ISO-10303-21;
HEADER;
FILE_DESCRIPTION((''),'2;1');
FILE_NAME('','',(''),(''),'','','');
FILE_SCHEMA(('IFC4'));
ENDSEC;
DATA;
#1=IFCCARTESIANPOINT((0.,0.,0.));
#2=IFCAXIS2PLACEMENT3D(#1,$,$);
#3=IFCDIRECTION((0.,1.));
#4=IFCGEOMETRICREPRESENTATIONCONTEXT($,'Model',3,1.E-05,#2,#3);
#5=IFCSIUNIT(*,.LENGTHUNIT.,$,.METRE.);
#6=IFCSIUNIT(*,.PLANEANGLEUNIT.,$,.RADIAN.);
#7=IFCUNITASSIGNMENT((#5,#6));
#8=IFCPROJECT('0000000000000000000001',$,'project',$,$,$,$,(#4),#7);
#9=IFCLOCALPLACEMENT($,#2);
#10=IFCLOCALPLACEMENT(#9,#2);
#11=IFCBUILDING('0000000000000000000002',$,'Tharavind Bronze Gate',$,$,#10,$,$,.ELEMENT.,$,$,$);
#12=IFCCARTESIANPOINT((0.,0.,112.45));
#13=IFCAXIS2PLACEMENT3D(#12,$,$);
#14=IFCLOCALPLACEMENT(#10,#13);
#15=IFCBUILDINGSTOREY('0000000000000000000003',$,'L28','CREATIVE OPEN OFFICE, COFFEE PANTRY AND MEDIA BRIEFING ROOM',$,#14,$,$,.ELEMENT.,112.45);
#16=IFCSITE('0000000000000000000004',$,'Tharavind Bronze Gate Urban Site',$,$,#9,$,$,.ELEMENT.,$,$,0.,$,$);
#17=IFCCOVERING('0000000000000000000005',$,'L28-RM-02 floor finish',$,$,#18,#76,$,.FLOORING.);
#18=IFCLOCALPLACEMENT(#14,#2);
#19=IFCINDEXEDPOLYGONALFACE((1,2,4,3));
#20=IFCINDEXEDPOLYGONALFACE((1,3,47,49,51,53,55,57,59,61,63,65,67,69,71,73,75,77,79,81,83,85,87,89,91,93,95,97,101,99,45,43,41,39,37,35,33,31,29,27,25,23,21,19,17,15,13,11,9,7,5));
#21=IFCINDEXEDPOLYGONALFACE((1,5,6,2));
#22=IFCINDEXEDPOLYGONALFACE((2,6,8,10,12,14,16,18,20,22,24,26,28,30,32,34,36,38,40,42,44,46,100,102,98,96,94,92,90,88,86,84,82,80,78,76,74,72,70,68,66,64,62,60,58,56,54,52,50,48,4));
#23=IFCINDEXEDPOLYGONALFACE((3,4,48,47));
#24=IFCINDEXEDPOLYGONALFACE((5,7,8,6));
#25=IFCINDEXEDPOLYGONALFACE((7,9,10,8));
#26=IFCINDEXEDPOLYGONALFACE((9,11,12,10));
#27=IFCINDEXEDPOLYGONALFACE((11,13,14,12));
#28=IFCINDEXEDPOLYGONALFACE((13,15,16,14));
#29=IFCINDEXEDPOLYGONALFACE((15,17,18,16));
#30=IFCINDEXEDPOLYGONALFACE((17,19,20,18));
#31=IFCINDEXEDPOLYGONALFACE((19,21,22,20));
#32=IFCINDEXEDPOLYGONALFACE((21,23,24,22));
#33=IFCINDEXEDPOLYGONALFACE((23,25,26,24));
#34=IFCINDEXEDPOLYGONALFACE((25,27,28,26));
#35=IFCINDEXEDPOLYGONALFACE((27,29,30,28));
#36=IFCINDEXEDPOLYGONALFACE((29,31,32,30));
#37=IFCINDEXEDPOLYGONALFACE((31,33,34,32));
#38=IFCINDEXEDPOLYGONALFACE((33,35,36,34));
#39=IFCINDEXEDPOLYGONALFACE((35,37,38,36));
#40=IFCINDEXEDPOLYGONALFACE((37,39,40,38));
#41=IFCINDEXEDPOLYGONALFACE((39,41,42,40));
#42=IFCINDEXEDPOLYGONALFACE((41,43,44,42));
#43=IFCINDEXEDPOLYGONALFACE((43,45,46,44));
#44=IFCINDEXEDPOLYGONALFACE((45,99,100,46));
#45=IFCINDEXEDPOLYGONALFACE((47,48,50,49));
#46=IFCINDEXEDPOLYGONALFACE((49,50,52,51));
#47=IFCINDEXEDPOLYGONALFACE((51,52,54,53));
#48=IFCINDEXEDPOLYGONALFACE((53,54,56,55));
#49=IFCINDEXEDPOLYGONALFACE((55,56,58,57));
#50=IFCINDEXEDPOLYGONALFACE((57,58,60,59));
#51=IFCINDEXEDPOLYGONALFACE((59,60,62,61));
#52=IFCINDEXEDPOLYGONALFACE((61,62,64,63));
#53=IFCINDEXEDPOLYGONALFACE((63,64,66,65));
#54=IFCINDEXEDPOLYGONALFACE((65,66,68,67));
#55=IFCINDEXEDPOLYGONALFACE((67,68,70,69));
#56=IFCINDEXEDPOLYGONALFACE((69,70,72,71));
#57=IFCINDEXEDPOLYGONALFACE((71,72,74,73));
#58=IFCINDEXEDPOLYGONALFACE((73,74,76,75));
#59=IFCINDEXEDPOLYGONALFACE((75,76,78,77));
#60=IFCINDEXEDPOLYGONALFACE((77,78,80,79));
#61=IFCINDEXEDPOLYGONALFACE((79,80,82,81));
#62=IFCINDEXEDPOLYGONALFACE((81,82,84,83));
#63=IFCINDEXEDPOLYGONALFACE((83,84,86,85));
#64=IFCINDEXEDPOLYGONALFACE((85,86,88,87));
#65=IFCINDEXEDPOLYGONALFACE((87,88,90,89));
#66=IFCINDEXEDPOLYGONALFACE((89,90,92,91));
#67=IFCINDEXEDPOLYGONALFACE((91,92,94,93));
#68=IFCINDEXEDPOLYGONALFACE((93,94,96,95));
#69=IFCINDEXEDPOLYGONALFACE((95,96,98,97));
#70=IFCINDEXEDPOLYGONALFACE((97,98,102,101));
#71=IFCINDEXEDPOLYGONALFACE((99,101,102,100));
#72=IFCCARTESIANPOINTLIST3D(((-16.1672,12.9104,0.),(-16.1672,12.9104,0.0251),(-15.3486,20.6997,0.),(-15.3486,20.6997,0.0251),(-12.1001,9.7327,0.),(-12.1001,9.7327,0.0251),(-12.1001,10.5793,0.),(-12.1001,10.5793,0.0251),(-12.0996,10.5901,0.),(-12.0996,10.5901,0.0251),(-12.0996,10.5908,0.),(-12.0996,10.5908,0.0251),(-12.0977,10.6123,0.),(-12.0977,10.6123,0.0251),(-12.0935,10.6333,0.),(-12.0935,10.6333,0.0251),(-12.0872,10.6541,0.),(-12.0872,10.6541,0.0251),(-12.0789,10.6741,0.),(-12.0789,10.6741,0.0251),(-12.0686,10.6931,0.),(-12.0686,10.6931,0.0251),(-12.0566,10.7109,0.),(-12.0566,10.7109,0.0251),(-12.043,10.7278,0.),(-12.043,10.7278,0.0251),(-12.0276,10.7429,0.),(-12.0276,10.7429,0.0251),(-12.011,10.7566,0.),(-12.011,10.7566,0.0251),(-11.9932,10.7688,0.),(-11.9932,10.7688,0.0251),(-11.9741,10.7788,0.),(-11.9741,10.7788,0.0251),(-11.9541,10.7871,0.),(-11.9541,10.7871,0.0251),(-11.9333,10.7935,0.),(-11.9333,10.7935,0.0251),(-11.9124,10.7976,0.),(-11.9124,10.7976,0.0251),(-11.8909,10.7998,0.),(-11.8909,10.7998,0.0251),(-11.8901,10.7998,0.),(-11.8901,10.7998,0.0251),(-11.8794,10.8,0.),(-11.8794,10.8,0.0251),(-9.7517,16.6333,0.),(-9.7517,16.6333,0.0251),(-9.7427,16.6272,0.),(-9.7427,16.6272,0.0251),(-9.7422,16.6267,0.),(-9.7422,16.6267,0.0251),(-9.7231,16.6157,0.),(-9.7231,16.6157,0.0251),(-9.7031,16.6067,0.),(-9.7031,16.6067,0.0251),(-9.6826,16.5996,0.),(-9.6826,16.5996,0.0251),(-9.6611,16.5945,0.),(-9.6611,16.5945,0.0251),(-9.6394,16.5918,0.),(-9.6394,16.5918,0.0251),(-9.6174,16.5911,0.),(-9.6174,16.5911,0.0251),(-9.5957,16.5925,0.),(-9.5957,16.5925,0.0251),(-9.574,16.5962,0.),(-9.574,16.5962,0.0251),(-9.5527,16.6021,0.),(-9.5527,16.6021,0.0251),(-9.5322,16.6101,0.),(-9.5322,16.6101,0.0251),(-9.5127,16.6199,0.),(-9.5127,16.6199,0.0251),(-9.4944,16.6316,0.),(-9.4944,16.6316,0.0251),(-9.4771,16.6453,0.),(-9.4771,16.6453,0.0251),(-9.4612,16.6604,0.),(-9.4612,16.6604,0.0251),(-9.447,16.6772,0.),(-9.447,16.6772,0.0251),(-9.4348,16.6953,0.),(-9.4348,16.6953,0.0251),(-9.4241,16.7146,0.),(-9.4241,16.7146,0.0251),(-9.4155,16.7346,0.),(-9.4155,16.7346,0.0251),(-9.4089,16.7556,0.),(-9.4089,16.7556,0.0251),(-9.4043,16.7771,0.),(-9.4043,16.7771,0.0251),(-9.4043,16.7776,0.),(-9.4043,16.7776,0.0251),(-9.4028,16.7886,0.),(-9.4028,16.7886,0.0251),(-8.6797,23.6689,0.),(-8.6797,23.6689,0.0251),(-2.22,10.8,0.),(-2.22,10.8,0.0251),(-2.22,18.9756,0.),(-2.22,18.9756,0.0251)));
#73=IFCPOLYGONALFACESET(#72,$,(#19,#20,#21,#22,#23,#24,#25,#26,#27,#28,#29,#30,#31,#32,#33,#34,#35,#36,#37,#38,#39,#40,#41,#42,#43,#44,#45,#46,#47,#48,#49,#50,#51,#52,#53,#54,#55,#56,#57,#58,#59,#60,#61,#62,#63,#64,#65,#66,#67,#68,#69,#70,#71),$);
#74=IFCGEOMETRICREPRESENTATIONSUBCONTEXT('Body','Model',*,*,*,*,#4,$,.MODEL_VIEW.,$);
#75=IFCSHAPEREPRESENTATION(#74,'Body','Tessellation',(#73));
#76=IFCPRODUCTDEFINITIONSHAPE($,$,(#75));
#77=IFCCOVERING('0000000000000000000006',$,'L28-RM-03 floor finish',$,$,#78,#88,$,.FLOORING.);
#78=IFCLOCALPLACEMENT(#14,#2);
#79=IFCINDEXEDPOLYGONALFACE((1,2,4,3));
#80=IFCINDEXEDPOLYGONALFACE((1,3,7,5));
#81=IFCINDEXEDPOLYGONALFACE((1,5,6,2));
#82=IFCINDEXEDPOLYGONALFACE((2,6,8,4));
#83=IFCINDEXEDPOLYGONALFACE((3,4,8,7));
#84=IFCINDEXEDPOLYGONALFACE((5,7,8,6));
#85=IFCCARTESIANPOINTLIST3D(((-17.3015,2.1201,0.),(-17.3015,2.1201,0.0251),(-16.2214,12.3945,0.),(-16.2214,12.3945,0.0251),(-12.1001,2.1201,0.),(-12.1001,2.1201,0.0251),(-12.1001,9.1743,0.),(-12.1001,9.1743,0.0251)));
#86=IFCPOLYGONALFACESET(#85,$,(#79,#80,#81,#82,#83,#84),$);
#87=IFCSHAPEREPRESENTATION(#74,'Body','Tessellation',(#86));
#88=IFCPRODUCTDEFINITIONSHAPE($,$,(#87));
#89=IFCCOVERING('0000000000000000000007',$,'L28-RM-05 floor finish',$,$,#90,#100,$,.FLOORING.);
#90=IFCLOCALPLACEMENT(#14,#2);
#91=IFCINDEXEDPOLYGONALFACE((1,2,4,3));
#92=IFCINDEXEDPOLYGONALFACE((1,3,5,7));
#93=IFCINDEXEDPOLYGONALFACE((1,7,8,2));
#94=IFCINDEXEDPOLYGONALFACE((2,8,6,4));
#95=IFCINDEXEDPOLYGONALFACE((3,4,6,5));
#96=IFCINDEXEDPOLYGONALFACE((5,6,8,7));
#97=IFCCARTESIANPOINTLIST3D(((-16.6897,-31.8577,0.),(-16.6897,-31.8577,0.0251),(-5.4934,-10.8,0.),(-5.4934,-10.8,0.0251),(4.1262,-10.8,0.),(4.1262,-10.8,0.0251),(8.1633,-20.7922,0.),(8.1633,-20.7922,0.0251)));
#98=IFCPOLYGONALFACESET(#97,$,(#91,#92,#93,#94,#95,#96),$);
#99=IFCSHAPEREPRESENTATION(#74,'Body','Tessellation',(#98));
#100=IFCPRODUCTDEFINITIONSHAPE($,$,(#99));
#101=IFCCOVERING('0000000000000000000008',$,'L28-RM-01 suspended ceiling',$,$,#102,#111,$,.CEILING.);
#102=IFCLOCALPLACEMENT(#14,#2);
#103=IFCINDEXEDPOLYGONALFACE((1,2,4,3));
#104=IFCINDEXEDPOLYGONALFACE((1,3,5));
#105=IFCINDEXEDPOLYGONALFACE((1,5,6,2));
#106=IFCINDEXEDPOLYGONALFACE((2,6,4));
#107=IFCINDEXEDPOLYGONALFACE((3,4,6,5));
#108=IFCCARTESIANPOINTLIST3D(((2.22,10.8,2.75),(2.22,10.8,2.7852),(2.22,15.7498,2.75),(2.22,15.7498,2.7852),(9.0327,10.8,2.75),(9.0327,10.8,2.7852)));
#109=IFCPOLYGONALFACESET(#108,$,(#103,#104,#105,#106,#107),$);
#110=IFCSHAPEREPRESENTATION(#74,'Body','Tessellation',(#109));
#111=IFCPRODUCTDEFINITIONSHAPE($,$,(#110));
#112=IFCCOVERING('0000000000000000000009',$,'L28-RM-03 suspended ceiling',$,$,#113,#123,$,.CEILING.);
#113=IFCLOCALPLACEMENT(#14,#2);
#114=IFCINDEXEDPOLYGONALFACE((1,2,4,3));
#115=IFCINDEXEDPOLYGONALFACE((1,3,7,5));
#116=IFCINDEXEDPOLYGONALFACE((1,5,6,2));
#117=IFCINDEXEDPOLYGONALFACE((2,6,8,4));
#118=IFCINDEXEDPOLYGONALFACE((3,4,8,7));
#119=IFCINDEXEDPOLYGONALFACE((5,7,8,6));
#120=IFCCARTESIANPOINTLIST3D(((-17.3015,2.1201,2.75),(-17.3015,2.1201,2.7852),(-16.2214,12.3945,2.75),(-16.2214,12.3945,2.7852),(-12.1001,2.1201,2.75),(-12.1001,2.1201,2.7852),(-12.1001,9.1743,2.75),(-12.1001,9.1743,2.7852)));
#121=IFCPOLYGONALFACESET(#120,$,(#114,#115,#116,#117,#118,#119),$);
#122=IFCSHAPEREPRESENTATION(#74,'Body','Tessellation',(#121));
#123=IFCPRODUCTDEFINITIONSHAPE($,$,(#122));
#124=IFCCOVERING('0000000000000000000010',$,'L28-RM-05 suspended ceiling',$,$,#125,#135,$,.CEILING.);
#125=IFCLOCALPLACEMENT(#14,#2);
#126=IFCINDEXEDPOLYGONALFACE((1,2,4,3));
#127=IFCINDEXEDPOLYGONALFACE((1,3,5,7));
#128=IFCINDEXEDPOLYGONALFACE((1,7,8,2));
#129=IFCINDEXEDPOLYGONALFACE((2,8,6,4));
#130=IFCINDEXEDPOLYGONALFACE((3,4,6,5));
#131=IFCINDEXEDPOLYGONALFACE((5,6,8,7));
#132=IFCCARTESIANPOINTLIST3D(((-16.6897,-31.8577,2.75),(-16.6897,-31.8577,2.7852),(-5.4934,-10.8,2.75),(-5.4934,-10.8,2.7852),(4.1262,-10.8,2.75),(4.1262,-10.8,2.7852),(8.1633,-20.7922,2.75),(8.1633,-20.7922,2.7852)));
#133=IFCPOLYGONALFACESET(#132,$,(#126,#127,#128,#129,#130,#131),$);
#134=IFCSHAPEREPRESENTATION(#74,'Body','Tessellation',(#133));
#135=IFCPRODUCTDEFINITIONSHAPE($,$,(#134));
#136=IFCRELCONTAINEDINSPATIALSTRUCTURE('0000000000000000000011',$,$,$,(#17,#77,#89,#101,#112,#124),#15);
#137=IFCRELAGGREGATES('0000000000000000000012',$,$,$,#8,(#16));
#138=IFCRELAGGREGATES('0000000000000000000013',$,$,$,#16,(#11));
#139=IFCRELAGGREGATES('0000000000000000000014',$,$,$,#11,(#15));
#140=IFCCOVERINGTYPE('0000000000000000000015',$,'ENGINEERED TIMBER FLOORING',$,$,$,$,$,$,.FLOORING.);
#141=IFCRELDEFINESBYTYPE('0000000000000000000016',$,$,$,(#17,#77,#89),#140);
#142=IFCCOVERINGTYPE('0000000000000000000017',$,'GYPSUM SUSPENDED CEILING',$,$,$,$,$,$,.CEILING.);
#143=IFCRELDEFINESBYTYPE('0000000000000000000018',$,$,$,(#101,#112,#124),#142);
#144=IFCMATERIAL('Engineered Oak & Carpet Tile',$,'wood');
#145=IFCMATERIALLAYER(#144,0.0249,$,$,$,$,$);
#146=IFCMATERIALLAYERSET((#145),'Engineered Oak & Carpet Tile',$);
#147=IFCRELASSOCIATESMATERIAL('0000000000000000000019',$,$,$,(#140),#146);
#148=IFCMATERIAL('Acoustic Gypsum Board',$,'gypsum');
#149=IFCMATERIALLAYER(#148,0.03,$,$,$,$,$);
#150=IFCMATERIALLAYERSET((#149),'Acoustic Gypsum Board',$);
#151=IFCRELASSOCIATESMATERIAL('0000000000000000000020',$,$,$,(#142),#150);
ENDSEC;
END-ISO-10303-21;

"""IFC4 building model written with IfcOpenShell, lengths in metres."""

from ifc_helpers import new_model, si_unit, direction, frame, origin, place, context, subcontext, project, spatial, polyline, outline, extrude, material, layer, layer_set, type_object, element, save


model = new_model("IFC4")

# Units and contexts
model_context = context("Model", 3, precision=1e-05, world=origin(), true_north=direction((0.0, 1.0)))
body_context = subcontext(model_context, "Body", "Model", "MODEL_VIEW")
ifc_project = project(units=[si_unit("LENGTHUNIT", "METRE"), si_unit("PLANEANGLEUNIT", "RADIAN")], contexts=[model_context])

# Site, building, storey
site_placement = place(None, origin())
site = spatial("IfcSite", under=ifc_project, at=site_placement, Name="Tharavind Bronze Gate Urban Site", CompositionType="ELEMENT", RefElevation=0.0)
building_placement = place(site_placement, origin())
building = spatial("IfcBuilding", under=site, at=building_placement, Name="Tharavind Bronze Gate", CompositionType="ELEMENT")
storey_placement = place(building_placement, frame((0.0, 0.0, 112.45)))
storey = spatial("IfcBuildingStorey", under=building, at=storey_placement, Name="L28", Description="CREATIVE OPEN OFFICE, COFFEE PANTRY AND MEDIA BRIEFING ROOM", CompositionType="ELEMENT", Elevation=112.45)

# Coverings
ifc_material_1 = material(Name="Engineered Oak & Carpet Tile", Category="wood")
ifc_layer_1 = layer(ifc_material_1, 0.0249)
ifc_layer_set_1 = layer_set([ifc_layer_1], Name="Engineered Oak & Carpet Tile")
covering_type_1 = type_object("IfcCoveringType", Name="ENGINEERED TIMBER FLOORING", PredefinedType="FLOORING", material=ifc_layer_set_1)
covering_1_placement = place(storey_placement, origin())
element("IfcCovering", 1, at=covering_1_placement, inside=storey, type_object=covering_type_1, Name="L28-RM-02 floor finish", PredefinedType="FLOORING", context=body_context, shape_type="SweptSolid", body=[
    extrude(outline(polyline([(-12.1001, 9.7327), (-12.1001, 10.5793), (-12.0996, 10.5901), (-12.0996, 10.5908), (-12.0977, 10.6123), (-12.0935, 10.6333), (-12.0872, 10.6541), (-12.0789, 10.6741), (-12.0686, 10.6931), (-12.0566, 10.7109), (-12.043, 10.7278), (-12.0276, 10.7429), (-12.011, 10.7566), (-11.9932, 10.7688), (-11.9741, 10.7788), (-11.9541, 10.7871), (-11.9333, 10.7935), (-11.9124, 10.7976), (-11.8909, 10.7998), (-11.8901, 10.7998), (-11.8794, 10.8), (-2.22, 10.8), (-2.22, 18.9756), (-8.6797, 23.6689), (-9.4028, 16.7886), (-9.4043, 16.7776), (-9.4043, 16.7771), (-9.4089, 16.7556), (-9.4155, 16.7346), (-9.4241, 16.7146), (-9.4348, 16.6953), (-9.447, 16.6772), (-9.4612, 16.6604), (-9.4771, 16.6453), (-9.4944, 16.6316), (-9.5127, 16.6199), (-9.5322, 16.6101), (-9.5527, 16.6021), (-9.574, 16.5962), (-9.5957, 16.5925), (-9.6174, 16.5911), (-9.6394, 16.5918), (-9.6611, 16.5945), (-9.6826, 16.5996), (-9.7031, 16.6067), (-9.7231, 16.6157), (-9.7422, 16.6267), (-9.7427, 16.6272), (-9.7517, 16.6333), (-15.3486, 20.6997), (-16.1672, 12.9104), (-12.1001, 9.7327)])), origin(), (0.0, 0.0, 1.0), 0.0251),
])
covering_2_placement = place(storey_placement, origin())
element("IfcCovering", 2, at=covering_2_placement, inside=storey, type_object=covering_type_1, Name="L28-RM-03 floor finish", PredefinedType="FLOORING", context=body_context, shape_type="SweptSolid", body=[
    extrude(outline(polyline([(-12.1001, 2.1201), (-12.1001, 9.1743), (-16.2214, 12.3945), (-17.3015, 2.1201), (-12.1001, 2.1201)])), origin(), (0.0, 0.0, 1.0), 0.0251),
])
covering_3_placement = place(storey_placement, origin())
element("IfcCovering", 3, at=covering_3_placement, inside=storey, type_object=covering_type_1, Name="L28-RM-05 floor finish", PredefinedType="FLOORING", context=body_context, shape_type="SweptSolid", body=[
    extrude(outline(polyline([(8.1633, -20.7922), (4.1262, -10.8), (-5.4934, -10.8), (-16.6897, -31.8577), (8.1633, -20.7922)])), origin(), (0.0, 0.0, 1.0), 0.0251),
])
ifc_material_2 = material(Name="Acoustic Gypsum Board", Category="gypsum")
ifc_layer_2 = layer(ifc_material_2, 0.03)
ifc_layer_set_2 = layer_set([ifc_layer_2], Name="Acoustic Gypsum Board")
covering_type_2 = type_object("IfcCoveringType", Name="GYPSUM SUSPENDED CEILING", PredefinedType="CEILING", material=ifc_layer_set_2)
covering_4_placement = place(storey_placement, frame((0.0, 0.0, 2.75)))
element("IfcCovering", 4, at=covering_4_placement, inside=storey, type_object=covering_type_2, Name="L28-RM-01 suspended ceiling", PredefinedType="CEILING", context=body_context, shape_type="SweptSolid", body=[
    extrude(outline(polyline([(2.22, 10.8), (9.0327, 10.8), (2.22, 15.7498), (2.22, 10.8)])), origin(), (0.0, 0.0, 1.0), 0.0352),
])
covering_5_placement = place(storey_placement, frame((0.0, 0.0, 2.75)))
element("IfcCovering", 5, at=covering_5_placement, inside=storey, type_object=covering_type_2, Name="L28-RM-03 suspended ceiling", PredefinedType="CEILING", context=body_context, shape_type="SweptSolid", body=[
    extrude(outline(polyline([(-12.1001, 2.1201), (-12.1001, 9.1743), (-16.2214, 12.3945), (-17.3015, 2.1201), (-12.1001, 2.1201)])), origin(), (0.0, 0.0, 1.0), 0.0352),
])
covering_6_placement = place(storey_placement, frame((0.0, 0.0, 2.75)))
element("IfcCovering", 6, at=covering_6_placement, inside=storey, type_object=covering_type_2, Name="L28-RM-05 suspended ceiling", PredefinedType="CEILING", context=body_context, shape_type="SweptSolid", body=[
    extrude(outline(polyline([(8.1633, -20.7922), (4.1262, -10.8), (-5.4934, -10.8), (-16.6897, -31.8577), (8.1633, -20.7922)])), origin(), (0.0, 0.0, 1.0), 0.0352),
])

save(model, "model.ifc")
